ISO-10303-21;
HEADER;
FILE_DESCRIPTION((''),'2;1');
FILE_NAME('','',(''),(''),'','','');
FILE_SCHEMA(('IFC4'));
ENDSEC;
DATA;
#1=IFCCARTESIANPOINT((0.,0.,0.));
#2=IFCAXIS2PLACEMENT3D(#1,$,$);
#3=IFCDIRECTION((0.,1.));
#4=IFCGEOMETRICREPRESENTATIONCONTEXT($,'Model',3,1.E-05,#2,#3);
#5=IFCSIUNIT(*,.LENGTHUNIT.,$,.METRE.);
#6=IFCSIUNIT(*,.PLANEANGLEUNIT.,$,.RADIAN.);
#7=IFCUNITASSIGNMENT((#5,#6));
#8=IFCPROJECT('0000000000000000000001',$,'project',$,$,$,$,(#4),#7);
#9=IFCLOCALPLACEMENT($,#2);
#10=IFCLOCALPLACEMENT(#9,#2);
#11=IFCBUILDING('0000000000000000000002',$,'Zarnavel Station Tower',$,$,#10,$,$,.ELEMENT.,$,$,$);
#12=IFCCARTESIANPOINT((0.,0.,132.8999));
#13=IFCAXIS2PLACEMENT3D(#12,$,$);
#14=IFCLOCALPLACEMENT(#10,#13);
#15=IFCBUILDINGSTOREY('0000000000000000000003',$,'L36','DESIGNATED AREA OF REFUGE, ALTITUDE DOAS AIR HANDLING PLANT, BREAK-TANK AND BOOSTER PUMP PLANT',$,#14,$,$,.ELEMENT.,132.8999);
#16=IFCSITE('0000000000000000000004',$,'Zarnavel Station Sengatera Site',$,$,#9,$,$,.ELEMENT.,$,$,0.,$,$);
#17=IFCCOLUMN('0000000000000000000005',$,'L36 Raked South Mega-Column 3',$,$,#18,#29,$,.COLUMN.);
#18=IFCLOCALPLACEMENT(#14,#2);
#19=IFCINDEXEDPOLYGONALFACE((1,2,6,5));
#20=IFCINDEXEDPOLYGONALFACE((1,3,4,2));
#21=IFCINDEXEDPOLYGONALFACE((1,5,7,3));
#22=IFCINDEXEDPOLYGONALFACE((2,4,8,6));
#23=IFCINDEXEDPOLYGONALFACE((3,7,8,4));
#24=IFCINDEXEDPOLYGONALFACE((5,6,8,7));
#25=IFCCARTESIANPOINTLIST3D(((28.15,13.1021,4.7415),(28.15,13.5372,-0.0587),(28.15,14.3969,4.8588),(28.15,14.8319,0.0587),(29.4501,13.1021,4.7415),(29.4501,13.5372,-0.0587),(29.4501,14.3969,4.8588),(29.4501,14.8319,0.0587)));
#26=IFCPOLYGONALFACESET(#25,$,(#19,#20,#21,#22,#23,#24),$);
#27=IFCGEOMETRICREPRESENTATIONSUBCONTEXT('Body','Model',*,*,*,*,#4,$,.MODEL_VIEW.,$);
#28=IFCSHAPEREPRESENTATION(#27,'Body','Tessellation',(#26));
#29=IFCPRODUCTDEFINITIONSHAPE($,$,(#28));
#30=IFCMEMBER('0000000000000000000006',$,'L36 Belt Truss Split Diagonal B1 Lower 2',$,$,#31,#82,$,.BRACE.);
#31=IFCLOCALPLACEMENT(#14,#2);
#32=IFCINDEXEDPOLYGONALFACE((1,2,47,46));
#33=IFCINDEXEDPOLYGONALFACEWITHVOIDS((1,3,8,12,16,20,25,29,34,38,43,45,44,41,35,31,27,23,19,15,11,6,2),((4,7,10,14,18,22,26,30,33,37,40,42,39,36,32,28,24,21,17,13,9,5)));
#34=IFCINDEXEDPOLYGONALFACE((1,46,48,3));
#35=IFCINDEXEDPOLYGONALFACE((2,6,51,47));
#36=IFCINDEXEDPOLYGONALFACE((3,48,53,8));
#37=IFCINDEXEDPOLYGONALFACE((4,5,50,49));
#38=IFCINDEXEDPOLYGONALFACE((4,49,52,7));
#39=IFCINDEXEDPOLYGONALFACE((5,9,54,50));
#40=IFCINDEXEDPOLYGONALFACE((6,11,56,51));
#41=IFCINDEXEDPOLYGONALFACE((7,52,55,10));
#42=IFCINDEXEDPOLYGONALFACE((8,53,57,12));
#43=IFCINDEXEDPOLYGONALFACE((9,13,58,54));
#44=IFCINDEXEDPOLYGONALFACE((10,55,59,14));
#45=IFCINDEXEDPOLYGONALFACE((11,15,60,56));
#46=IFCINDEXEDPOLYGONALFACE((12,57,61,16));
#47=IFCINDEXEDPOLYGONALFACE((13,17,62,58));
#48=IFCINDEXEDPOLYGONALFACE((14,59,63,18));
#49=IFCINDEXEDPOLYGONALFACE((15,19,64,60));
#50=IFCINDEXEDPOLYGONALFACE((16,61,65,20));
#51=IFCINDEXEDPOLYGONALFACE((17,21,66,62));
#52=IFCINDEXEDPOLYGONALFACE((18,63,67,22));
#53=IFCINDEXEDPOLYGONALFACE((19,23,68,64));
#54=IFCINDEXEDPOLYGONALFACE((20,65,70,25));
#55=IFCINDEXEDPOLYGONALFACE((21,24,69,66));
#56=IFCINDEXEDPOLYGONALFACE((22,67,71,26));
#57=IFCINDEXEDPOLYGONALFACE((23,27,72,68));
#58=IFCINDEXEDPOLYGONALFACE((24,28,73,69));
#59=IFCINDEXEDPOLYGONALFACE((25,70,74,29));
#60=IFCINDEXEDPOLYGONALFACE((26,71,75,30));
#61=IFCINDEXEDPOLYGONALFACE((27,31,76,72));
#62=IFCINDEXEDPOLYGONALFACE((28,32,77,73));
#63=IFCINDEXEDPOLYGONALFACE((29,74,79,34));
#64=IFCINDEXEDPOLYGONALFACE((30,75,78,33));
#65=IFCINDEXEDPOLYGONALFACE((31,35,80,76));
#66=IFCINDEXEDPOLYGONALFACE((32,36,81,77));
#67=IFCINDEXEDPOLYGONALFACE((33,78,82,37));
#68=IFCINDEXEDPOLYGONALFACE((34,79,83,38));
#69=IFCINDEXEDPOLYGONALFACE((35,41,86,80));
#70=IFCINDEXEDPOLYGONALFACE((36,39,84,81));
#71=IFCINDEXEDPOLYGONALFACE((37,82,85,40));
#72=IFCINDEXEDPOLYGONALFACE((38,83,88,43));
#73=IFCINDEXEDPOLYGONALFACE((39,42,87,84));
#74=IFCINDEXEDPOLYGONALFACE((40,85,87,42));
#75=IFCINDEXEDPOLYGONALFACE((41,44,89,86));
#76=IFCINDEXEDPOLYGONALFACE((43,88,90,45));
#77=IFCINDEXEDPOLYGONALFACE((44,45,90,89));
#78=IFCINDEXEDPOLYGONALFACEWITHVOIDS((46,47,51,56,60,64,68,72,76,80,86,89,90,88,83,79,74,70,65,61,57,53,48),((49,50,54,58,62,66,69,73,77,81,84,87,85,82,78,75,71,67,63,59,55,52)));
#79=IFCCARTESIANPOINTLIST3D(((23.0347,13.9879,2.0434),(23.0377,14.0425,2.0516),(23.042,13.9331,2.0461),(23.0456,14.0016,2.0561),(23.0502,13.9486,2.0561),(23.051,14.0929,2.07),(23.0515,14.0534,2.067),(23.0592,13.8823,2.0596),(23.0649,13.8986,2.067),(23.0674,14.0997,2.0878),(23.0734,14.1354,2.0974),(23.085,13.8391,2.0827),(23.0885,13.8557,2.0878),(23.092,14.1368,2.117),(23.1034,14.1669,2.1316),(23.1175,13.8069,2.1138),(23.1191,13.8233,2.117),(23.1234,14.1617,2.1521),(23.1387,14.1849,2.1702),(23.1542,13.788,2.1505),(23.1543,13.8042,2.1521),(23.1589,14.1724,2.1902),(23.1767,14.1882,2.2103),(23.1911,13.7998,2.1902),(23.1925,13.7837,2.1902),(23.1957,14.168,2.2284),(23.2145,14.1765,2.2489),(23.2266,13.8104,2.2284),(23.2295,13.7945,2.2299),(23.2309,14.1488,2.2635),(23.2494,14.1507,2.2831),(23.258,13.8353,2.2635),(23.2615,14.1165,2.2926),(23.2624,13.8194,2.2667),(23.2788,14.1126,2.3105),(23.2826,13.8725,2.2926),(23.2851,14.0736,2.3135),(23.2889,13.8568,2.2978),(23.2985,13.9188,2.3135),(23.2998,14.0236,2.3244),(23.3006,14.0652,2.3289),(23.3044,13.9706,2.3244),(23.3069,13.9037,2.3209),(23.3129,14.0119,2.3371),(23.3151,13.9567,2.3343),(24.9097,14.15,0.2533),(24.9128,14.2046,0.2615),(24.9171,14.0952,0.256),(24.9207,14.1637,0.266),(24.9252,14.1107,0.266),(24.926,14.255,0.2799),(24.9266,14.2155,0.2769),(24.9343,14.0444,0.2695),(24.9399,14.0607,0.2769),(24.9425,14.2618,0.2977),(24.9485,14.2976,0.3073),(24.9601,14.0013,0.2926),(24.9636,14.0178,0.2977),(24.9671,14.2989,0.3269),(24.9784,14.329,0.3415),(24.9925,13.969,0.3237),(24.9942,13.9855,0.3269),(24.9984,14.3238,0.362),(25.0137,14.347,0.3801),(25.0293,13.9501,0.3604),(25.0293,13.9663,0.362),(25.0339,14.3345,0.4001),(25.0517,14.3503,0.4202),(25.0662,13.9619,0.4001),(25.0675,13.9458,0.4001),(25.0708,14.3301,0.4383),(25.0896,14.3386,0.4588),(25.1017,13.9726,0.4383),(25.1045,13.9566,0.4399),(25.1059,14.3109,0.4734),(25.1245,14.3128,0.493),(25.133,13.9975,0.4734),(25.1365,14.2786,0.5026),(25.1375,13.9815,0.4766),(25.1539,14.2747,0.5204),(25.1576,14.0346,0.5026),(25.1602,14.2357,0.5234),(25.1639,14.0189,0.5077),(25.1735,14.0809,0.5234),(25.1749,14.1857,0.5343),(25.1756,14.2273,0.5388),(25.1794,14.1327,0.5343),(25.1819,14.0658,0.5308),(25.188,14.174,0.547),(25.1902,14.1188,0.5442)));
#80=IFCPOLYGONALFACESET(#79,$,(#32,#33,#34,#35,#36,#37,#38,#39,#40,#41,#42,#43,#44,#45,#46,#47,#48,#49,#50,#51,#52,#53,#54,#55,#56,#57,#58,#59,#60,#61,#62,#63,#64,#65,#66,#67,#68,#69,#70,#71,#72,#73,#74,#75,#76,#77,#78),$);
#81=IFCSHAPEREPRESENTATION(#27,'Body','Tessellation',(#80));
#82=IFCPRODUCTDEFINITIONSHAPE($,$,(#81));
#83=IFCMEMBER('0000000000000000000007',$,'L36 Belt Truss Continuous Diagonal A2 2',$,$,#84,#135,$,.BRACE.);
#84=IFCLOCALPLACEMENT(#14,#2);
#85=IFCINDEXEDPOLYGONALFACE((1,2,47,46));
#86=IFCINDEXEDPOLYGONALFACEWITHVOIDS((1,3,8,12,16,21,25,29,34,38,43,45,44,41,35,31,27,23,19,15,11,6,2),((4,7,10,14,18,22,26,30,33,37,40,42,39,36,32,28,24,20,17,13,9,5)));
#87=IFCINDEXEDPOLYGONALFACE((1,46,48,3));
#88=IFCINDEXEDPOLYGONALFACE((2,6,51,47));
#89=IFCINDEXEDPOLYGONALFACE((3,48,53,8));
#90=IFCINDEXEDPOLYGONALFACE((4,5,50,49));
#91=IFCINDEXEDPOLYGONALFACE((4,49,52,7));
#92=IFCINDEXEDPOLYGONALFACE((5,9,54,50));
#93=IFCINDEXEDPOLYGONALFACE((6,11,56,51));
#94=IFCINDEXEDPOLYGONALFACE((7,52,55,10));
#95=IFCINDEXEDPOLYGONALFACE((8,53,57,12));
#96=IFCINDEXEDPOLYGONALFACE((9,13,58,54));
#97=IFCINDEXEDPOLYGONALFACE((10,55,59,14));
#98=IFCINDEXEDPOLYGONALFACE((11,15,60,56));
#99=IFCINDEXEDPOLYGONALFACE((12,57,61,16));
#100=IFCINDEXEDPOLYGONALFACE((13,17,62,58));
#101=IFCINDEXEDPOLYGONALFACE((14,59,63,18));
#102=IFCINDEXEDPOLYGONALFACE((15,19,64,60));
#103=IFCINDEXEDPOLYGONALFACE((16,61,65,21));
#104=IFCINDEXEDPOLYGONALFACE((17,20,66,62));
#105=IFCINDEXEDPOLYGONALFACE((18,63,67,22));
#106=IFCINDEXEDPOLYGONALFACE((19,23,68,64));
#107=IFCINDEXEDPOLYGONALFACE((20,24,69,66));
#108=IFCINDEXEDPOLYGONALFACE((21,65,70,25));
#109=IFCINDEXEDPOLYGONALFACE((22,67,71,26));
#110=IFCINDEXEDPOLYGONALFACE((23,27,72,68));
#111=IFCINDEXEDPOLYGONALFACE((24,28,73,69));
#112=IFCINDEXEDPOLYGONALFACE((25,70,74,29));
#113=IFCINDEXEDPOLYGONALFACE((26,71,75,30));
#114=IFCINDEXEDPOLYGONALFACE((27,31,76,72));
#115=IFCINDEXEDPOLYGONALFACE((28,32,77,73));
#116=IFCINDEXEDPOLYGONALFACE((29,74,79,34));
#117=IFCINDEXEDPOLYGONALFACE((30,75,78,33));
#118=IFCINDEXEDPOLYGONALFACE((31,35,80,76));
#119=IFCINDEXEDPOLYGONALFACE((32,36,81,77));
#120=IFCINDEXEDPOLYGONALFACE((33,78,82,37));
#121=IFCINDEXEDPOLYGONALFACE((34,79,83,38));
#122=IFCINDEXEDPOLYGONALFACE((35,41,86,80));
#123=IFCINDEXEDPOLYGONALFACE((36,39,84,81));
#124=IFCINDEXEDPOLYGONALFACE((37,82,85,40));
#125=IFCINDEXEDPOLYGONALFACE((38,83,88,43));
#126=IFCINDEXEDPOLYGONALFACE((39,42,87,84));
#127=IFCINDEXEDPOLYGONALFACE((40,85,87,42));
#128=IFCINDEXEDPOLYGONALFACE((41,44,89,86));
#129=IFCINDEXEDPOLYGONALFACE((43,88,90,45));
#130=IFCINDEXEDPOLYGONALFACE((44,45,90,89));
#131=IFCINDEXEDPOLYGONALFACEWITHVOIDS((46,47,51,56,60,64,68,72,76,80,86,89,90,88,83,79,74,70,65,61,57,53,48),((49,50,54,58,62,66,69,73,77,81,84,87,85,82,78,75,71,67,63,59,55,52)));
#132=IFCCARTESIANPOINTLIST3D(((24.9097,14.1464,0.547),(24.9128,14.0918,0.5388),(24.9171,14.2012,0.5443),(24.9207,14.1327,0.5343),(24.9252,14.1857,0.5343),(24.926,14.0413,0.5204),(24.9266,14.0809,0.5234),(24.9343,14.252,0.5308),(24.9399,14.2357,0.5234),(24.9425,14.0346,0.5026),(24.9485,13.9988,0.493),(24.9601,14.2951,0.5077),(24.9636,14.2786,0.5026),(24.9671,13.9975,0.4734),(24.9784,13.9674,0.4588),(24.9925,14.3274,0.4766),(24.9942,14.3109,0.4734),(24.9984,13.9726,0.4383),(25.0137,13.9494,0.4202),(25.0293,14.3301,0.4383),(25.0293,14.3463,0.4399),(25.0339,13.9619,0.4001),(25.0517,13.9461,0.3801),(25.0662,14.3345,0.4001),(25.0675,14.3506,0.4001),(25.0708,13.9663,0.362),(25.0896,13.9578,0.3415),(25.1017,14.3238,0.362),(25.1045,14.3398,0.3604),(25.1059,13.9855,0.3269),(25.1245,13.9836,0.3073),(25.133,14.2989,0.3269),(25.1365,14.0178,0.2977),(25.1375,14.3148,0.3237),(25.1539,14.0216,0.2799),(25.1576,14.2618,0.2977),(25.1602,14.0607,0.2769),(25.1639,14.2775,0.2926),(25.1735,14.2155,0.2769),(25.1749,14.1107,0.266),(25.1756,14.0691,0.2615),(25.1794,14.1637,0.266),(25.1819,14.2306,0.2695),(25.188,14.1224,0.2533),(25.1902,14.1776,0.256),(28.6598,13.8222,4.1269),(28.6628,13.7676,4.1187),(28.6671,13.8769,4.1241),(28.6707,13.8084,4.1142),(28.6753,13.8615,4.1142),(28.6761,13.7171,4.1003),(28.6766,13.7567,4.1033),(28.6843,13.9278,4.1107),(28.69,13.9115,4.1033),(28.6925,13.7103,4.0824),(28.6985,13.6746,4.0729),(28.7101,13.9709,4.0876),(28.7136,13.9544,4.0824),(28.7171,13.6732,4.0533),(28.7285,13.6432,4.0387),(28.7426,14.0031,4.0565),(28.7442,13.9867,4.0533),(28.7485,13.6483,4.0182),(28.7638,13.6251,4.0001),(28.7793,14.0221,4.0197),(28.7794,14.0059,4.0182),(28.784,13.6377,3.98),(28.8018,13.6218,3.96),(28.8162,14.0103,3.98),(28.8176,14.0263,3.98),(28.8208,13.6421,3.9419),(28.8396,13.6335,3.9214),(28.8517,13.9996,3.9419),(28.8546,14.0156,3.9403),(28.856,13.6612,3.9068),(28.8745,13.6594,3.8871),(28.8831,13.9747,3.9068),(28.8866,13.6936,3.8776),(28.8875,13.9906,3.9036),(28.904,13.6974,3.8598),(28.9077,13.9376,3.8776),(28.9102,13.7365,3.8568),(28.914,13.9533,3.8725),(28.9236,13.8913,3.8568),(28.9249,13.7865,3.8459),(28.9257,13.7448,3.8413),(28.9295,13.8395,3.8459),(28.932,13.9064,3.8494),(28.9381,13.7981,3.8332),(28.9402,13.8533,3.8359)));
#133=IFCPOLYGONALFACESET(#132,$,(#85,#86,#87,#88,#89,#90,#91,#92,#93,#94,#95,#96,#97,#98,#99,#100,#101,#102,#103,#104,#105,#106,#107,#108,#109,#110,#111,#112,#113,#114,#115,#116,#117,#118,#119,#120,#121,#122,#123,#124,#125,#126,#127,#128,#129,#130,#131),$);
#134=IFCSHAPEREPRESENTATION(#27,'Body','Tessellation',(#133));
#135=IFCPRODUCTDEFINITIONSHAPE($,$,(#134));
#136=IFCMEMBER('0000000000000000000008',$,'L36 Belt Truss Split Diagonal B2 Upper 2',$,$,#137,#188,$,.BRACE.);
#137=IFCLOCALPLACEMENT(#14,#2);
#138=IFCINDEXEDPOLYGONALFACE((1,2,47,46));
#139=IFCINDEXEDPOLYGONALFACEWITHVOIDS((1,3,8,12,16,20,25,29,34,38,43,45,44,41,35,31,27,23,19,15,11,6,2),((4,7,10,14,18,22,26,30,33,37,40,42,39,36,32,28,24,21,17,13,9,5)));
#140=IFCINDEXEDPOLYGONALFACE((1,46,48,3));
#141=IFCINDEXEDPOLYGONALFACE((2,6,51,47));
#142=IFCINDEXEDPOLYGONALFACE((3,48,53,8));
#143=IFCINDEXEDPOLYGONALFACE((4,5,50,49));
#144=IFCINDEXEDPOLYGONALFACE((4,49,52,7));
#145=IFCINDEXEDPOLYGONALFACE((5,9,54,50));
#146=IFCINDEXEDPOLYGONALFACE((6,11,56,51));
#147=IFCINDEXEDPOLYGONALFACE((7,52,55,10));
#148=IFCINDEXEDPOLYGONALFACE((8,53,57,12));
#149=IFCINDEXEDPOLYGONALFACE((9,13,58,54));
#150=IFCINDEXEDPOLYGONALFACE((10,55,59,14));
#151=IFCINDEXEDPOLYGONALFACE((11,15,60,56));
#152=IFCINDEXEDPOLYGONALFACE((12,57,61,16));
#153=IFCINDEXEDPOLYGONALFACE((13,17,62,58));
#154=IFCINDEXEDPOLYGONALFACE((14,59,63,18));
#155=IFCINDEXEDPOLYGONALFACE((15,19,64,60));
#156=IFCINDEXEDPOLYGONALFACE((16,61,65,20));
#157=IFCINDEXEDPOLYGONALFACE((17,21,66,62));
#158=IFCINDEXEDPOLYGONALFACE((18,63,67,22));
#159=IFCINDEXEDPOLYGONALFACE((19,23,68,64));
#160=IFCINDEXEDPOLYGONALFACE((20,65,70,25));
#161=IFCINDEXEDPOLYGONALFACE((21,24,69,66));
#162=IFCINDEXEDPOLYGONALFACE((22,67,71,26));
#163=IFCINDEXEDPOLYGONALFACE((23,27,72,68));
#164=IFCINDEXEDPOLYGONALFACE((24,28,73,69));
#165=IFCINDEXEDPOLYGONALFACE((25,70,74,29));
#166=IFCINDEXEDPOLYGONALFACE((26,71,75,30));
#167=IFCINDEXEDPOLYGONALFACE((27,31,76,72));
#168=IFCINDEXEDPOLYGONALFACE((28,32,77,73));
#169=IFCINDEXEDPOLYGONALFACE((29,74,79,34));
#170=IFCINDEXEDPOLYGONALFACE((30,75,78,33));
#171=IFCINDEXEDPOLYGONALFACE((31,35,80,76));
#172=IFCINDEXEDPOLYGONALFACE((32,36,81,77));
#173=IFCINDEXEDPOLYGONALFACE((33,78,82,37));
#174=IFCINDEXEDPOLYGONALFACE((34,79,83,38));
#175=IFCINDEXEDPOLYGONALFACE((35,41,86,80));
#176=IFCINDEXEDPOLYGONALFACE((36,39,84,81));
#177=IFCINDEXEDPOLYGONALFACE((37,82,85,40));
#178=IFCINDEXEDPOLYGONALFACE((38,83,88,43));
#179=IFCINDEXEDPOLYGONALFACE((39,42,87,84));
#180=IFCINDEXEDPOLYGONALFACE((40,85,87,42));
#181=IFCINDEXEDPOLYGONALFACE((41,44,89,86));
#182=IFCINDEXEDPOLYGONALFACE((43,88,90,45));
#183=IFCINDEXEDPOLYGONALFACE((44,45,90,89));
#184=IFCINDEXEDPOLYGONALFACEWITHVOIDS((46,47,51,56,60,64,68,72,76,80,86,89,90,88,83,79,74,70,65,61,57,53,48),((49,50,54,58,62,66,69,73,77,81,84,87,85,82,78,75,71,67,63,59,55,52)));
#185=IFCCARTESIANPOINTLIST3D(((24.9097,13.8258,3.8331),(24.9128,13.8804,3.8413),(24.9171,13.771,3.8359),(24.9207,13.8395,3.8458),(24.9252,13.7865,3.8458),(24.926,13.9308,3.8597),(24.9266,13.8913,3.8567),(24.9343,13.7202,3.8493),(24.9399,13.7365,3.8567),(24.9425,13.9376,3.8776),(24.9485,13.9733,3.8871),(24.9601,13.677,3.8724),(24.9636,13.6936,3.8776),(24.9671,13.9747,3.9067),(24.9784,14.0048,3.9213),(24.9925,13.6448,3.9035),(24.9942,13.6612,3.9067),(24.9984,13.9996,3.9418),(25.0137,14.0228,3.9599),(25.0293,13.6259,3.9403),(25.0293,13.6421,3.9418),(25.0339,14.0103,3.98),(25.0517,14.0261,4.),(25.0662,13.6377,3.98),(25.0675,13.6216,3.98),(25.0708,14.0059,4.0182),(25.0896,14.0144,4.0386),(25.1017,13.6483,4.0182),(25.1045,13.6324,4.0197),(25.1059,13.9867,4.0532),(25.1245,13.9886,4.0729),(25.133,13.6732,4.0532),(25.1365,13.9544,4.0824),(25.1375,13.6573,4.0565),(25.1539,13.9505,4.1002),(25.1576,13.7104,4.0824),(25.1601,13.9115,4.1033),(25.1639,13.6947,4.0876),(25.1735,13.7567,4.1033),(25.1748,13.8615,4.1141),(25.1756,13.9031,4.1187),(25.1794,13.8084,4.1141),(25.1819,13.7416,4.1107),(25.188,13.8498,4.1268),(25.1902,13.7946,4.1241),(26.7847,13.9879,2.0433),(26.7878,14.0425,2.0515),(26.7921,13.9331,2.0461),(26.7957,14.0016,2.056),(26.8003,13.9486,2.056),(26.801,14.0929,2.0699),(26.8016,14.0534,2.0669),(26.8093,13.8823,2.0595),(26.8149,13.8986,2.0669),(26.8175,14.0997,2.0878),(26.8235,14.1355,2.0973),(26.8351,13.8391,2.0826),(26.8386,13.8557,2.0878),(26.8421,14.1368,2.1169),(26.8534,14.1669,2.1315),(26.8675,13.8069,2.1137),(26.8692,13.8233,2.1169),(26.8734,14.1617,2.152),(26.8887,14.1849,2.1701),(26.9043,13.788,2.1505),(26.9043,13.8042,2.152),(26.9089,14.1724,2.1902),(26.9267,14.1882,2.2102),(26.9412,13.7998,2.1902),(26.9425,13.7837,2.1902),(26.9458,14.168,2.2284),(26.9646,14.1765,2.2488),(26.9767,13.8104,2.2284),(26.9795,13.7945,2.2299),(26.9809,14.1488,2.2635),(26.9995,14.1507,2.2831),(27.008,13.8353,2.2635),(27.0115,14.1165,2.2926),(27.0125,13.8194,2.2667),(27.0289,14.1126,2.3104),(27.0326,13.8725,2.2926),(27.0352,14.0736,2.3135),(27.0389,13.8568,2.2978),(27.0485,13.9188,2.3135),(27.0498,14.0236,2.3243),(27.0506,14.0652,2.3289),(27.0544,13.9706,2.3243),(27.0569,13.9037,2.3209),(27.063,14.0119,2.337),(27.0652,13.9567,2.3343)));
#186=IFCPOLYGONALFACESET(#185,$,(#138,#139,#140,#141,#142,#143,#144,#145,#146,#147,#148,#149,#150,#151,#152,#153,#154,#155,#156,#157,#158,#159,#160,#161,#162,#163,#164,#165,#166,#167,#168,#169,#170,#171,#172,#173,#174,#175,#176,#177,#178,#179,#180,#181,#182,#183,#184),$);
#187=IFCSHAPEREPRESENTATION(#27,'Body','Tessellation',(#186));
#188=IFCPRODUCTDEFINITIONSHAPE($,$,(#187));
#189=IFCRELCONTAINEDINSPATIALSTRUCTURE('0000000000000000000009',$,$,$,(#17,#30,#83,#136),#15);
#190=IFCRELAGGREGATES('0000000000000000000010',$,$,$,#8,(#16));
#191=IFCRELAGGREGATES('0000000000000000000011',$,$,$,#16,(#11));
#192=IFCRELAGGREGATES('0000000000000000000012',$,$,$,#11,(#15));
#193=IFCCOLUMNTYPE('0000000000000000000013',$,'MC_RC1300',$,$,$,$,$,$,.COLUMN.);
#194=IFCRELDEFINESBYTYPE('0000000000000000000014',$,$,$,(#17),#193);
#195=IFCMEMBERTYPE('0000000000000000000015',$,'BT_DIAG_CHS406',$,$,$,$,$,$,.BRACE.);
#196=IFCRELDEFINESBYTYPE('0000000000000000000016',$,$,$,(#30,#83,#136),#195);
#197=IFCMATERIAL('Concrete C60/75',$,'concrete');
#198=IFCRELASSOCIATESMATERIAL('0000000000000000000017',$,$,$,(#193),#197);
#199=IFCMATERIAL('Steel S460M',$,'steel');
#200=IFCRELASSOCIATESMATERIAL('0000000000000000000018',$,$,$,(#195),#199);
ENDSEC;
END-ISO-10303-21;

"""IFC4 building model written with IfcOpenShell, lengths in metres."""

from ifc_helpers import new_model, si_unit, direction, frame, origin, origin_2d, place, context, subcontext, project, spatial, rectangle, hollow_circle, extrude, material, material_profile, profile_set, type_object, element, save


model = new_model("IFC4")

# Units and contexts
model_context = context("Model", 3, precision=1e-05, world=origin(), true_north=direction((0.0, 1.0)))
body_context = subcontext(model_context, "Body", "Model", "MODEL_VIEW")
ifc_project = project(units=[si_unit("LENGTHUNIT", "METRE"), si_unit("PLANEANGLEUNIT", "RADIAN")], contexts=[model_context])

# Site, building, storey
site_placement = place(None, origin())
site = spatial("IfcSite", under=ifc_project, at=site_placement, Name="Zarnavel Station Sengatera Site", CompositionType="ELEMENT", RefElevation=0.0)
building_placement = place(site_placement, origin())
building = spatial("IfcBuilding", under=site, at=building_placement, Name="Zarnavel Station Tower", CompositionType="ELEMENT")
storey_placement = place(building_placement, frame((0.0, 0.0, 132.8999)))
storey = spatial("IfcBuildingStorey", under=building, at=storey_placement, Name="L36", Description="DESIGNATED AREA OF REFUGE, ALTITUDE DOAS AIR HANDLING PLANT, BREAK-TANK AND BOOSTER PUMP PLANT", CompositionType="ELEMENT", Elevation=132.8999)

# Column
ifc_material_1 = material(Name="Concrete C60/75", Category="concrete")
ifc_material_profile_1 = material_profile(ifc_material_1, rectangle(XDim=1.3, YDim=1.3, at=origin_2d()), Name="RC1300x1300")
ifc_profile_set_1 = profile_set([ifc_material_profile_1], Name="Concrete C60/75")
column_type = type_object("IfcColumnType", Name="MC_RC1300", PredefinedType="COLUMN", material=ifc_profile_set_1)
column_placement = place(storey_placement, frame((28.8, 14.1846, 0.0), z_axis=(0.0, -0.090266, 0.995918), x_axis=(1.0, 0.0, 0.0)))
element("IfcColumn", 1, at=column_placement, inside=storey, type_object=column_type, Name="L36 Raked South Mega-Column 3", PredefinedType="COLUMN", context=body_context, shape_type="SweptSolid", body=[
    extrude(rectangle(XDim=1.3, YDim=1.3, at=origin_2d()), origin(), (0.0, 0.0, 1.0), 4.8198),
])

# Members
ifc_material_2 = material(Name="Steel S460M", Category="steel")
ifc_material_profile_2 = material_profile(ifc_material_2, hollow_circle(Radius=0.2031, WallThickness=0.0161, at=origin_2d()), Name="CHS406.4x16")
ifc_profile_set_2 = profile_set([ifc_material_profile_2], Name="Steel S460M")
member_type_1 = type_object("IfcMemberType", Name="BT_DIAG_CHS406", PredefinedType="BRACE", material=ifc_profile_set_2)
member_1_placement = place(storey_placement, frame((25.05, 14.1482, 0.4001), z_axis=(-0.721894, -0.062414, 0.689183), x_axis=(0.086137, -0.996283, 0.0)))
element("IfcMember", 2, at=member_1_placement, inside=storey, type_object=member_type_1, Name="L36 Belt Truss Split Diagonal B1 Lower 2", PredefinedType="BRACE", context=body_context, shape_type="SweptSolid", body=[
    extrude(hollow_circle(Radius=0.2031, WallThickness=0.0161, at=origin_2d()), origin(), (0.0, 0.0, 1.0), 2.5974),
])
member_2_placement = place(storey_placement, frame((25.05, 14.1482, 0.4001), z_axis=(0.721917, -0.062416, 0.689159), x_axis=(0.086137, 0.996283, 0.0)))
element("IfcMember", 3, at=member_2_placement, inside=storey, type_object=member_type_1, Name="L36 Belt Truss Continuous Diagonal A2 2", PredefinedType="BRACE", context=body_context, shape_type="SweptSolid", body=[
    extrude(hollow_circle(Radius=0.2031, WallThickness=0.0161, at=origin_2d()), origin(), (0.0, 0.0, 1.0), 5.1946),
])
member_3_placement = place(storey_placement, frame((26.925, 13.9861, 2.1902), z_axis=(-0.721941, -0.062418, 0.689134), x_axis=(0.086137, -0.996283, 0.0)))
element("IfcMember", 4, at=member_3_placement, inside=storey, type_object=member_type_1, Name="L36 Belt Truss Split Diagonal B2 Upper 2", PredefinedType="BRACE", context=body_context, shape_type="SweptSolid", body=[
    extrude(hollow_circle(Radius=0.2031, WallThickness=0.0161, at=origin_2d()), origin(), (0.0, 0.0, 1.0), 2.5972),
])

save(model, "model.ifc")
